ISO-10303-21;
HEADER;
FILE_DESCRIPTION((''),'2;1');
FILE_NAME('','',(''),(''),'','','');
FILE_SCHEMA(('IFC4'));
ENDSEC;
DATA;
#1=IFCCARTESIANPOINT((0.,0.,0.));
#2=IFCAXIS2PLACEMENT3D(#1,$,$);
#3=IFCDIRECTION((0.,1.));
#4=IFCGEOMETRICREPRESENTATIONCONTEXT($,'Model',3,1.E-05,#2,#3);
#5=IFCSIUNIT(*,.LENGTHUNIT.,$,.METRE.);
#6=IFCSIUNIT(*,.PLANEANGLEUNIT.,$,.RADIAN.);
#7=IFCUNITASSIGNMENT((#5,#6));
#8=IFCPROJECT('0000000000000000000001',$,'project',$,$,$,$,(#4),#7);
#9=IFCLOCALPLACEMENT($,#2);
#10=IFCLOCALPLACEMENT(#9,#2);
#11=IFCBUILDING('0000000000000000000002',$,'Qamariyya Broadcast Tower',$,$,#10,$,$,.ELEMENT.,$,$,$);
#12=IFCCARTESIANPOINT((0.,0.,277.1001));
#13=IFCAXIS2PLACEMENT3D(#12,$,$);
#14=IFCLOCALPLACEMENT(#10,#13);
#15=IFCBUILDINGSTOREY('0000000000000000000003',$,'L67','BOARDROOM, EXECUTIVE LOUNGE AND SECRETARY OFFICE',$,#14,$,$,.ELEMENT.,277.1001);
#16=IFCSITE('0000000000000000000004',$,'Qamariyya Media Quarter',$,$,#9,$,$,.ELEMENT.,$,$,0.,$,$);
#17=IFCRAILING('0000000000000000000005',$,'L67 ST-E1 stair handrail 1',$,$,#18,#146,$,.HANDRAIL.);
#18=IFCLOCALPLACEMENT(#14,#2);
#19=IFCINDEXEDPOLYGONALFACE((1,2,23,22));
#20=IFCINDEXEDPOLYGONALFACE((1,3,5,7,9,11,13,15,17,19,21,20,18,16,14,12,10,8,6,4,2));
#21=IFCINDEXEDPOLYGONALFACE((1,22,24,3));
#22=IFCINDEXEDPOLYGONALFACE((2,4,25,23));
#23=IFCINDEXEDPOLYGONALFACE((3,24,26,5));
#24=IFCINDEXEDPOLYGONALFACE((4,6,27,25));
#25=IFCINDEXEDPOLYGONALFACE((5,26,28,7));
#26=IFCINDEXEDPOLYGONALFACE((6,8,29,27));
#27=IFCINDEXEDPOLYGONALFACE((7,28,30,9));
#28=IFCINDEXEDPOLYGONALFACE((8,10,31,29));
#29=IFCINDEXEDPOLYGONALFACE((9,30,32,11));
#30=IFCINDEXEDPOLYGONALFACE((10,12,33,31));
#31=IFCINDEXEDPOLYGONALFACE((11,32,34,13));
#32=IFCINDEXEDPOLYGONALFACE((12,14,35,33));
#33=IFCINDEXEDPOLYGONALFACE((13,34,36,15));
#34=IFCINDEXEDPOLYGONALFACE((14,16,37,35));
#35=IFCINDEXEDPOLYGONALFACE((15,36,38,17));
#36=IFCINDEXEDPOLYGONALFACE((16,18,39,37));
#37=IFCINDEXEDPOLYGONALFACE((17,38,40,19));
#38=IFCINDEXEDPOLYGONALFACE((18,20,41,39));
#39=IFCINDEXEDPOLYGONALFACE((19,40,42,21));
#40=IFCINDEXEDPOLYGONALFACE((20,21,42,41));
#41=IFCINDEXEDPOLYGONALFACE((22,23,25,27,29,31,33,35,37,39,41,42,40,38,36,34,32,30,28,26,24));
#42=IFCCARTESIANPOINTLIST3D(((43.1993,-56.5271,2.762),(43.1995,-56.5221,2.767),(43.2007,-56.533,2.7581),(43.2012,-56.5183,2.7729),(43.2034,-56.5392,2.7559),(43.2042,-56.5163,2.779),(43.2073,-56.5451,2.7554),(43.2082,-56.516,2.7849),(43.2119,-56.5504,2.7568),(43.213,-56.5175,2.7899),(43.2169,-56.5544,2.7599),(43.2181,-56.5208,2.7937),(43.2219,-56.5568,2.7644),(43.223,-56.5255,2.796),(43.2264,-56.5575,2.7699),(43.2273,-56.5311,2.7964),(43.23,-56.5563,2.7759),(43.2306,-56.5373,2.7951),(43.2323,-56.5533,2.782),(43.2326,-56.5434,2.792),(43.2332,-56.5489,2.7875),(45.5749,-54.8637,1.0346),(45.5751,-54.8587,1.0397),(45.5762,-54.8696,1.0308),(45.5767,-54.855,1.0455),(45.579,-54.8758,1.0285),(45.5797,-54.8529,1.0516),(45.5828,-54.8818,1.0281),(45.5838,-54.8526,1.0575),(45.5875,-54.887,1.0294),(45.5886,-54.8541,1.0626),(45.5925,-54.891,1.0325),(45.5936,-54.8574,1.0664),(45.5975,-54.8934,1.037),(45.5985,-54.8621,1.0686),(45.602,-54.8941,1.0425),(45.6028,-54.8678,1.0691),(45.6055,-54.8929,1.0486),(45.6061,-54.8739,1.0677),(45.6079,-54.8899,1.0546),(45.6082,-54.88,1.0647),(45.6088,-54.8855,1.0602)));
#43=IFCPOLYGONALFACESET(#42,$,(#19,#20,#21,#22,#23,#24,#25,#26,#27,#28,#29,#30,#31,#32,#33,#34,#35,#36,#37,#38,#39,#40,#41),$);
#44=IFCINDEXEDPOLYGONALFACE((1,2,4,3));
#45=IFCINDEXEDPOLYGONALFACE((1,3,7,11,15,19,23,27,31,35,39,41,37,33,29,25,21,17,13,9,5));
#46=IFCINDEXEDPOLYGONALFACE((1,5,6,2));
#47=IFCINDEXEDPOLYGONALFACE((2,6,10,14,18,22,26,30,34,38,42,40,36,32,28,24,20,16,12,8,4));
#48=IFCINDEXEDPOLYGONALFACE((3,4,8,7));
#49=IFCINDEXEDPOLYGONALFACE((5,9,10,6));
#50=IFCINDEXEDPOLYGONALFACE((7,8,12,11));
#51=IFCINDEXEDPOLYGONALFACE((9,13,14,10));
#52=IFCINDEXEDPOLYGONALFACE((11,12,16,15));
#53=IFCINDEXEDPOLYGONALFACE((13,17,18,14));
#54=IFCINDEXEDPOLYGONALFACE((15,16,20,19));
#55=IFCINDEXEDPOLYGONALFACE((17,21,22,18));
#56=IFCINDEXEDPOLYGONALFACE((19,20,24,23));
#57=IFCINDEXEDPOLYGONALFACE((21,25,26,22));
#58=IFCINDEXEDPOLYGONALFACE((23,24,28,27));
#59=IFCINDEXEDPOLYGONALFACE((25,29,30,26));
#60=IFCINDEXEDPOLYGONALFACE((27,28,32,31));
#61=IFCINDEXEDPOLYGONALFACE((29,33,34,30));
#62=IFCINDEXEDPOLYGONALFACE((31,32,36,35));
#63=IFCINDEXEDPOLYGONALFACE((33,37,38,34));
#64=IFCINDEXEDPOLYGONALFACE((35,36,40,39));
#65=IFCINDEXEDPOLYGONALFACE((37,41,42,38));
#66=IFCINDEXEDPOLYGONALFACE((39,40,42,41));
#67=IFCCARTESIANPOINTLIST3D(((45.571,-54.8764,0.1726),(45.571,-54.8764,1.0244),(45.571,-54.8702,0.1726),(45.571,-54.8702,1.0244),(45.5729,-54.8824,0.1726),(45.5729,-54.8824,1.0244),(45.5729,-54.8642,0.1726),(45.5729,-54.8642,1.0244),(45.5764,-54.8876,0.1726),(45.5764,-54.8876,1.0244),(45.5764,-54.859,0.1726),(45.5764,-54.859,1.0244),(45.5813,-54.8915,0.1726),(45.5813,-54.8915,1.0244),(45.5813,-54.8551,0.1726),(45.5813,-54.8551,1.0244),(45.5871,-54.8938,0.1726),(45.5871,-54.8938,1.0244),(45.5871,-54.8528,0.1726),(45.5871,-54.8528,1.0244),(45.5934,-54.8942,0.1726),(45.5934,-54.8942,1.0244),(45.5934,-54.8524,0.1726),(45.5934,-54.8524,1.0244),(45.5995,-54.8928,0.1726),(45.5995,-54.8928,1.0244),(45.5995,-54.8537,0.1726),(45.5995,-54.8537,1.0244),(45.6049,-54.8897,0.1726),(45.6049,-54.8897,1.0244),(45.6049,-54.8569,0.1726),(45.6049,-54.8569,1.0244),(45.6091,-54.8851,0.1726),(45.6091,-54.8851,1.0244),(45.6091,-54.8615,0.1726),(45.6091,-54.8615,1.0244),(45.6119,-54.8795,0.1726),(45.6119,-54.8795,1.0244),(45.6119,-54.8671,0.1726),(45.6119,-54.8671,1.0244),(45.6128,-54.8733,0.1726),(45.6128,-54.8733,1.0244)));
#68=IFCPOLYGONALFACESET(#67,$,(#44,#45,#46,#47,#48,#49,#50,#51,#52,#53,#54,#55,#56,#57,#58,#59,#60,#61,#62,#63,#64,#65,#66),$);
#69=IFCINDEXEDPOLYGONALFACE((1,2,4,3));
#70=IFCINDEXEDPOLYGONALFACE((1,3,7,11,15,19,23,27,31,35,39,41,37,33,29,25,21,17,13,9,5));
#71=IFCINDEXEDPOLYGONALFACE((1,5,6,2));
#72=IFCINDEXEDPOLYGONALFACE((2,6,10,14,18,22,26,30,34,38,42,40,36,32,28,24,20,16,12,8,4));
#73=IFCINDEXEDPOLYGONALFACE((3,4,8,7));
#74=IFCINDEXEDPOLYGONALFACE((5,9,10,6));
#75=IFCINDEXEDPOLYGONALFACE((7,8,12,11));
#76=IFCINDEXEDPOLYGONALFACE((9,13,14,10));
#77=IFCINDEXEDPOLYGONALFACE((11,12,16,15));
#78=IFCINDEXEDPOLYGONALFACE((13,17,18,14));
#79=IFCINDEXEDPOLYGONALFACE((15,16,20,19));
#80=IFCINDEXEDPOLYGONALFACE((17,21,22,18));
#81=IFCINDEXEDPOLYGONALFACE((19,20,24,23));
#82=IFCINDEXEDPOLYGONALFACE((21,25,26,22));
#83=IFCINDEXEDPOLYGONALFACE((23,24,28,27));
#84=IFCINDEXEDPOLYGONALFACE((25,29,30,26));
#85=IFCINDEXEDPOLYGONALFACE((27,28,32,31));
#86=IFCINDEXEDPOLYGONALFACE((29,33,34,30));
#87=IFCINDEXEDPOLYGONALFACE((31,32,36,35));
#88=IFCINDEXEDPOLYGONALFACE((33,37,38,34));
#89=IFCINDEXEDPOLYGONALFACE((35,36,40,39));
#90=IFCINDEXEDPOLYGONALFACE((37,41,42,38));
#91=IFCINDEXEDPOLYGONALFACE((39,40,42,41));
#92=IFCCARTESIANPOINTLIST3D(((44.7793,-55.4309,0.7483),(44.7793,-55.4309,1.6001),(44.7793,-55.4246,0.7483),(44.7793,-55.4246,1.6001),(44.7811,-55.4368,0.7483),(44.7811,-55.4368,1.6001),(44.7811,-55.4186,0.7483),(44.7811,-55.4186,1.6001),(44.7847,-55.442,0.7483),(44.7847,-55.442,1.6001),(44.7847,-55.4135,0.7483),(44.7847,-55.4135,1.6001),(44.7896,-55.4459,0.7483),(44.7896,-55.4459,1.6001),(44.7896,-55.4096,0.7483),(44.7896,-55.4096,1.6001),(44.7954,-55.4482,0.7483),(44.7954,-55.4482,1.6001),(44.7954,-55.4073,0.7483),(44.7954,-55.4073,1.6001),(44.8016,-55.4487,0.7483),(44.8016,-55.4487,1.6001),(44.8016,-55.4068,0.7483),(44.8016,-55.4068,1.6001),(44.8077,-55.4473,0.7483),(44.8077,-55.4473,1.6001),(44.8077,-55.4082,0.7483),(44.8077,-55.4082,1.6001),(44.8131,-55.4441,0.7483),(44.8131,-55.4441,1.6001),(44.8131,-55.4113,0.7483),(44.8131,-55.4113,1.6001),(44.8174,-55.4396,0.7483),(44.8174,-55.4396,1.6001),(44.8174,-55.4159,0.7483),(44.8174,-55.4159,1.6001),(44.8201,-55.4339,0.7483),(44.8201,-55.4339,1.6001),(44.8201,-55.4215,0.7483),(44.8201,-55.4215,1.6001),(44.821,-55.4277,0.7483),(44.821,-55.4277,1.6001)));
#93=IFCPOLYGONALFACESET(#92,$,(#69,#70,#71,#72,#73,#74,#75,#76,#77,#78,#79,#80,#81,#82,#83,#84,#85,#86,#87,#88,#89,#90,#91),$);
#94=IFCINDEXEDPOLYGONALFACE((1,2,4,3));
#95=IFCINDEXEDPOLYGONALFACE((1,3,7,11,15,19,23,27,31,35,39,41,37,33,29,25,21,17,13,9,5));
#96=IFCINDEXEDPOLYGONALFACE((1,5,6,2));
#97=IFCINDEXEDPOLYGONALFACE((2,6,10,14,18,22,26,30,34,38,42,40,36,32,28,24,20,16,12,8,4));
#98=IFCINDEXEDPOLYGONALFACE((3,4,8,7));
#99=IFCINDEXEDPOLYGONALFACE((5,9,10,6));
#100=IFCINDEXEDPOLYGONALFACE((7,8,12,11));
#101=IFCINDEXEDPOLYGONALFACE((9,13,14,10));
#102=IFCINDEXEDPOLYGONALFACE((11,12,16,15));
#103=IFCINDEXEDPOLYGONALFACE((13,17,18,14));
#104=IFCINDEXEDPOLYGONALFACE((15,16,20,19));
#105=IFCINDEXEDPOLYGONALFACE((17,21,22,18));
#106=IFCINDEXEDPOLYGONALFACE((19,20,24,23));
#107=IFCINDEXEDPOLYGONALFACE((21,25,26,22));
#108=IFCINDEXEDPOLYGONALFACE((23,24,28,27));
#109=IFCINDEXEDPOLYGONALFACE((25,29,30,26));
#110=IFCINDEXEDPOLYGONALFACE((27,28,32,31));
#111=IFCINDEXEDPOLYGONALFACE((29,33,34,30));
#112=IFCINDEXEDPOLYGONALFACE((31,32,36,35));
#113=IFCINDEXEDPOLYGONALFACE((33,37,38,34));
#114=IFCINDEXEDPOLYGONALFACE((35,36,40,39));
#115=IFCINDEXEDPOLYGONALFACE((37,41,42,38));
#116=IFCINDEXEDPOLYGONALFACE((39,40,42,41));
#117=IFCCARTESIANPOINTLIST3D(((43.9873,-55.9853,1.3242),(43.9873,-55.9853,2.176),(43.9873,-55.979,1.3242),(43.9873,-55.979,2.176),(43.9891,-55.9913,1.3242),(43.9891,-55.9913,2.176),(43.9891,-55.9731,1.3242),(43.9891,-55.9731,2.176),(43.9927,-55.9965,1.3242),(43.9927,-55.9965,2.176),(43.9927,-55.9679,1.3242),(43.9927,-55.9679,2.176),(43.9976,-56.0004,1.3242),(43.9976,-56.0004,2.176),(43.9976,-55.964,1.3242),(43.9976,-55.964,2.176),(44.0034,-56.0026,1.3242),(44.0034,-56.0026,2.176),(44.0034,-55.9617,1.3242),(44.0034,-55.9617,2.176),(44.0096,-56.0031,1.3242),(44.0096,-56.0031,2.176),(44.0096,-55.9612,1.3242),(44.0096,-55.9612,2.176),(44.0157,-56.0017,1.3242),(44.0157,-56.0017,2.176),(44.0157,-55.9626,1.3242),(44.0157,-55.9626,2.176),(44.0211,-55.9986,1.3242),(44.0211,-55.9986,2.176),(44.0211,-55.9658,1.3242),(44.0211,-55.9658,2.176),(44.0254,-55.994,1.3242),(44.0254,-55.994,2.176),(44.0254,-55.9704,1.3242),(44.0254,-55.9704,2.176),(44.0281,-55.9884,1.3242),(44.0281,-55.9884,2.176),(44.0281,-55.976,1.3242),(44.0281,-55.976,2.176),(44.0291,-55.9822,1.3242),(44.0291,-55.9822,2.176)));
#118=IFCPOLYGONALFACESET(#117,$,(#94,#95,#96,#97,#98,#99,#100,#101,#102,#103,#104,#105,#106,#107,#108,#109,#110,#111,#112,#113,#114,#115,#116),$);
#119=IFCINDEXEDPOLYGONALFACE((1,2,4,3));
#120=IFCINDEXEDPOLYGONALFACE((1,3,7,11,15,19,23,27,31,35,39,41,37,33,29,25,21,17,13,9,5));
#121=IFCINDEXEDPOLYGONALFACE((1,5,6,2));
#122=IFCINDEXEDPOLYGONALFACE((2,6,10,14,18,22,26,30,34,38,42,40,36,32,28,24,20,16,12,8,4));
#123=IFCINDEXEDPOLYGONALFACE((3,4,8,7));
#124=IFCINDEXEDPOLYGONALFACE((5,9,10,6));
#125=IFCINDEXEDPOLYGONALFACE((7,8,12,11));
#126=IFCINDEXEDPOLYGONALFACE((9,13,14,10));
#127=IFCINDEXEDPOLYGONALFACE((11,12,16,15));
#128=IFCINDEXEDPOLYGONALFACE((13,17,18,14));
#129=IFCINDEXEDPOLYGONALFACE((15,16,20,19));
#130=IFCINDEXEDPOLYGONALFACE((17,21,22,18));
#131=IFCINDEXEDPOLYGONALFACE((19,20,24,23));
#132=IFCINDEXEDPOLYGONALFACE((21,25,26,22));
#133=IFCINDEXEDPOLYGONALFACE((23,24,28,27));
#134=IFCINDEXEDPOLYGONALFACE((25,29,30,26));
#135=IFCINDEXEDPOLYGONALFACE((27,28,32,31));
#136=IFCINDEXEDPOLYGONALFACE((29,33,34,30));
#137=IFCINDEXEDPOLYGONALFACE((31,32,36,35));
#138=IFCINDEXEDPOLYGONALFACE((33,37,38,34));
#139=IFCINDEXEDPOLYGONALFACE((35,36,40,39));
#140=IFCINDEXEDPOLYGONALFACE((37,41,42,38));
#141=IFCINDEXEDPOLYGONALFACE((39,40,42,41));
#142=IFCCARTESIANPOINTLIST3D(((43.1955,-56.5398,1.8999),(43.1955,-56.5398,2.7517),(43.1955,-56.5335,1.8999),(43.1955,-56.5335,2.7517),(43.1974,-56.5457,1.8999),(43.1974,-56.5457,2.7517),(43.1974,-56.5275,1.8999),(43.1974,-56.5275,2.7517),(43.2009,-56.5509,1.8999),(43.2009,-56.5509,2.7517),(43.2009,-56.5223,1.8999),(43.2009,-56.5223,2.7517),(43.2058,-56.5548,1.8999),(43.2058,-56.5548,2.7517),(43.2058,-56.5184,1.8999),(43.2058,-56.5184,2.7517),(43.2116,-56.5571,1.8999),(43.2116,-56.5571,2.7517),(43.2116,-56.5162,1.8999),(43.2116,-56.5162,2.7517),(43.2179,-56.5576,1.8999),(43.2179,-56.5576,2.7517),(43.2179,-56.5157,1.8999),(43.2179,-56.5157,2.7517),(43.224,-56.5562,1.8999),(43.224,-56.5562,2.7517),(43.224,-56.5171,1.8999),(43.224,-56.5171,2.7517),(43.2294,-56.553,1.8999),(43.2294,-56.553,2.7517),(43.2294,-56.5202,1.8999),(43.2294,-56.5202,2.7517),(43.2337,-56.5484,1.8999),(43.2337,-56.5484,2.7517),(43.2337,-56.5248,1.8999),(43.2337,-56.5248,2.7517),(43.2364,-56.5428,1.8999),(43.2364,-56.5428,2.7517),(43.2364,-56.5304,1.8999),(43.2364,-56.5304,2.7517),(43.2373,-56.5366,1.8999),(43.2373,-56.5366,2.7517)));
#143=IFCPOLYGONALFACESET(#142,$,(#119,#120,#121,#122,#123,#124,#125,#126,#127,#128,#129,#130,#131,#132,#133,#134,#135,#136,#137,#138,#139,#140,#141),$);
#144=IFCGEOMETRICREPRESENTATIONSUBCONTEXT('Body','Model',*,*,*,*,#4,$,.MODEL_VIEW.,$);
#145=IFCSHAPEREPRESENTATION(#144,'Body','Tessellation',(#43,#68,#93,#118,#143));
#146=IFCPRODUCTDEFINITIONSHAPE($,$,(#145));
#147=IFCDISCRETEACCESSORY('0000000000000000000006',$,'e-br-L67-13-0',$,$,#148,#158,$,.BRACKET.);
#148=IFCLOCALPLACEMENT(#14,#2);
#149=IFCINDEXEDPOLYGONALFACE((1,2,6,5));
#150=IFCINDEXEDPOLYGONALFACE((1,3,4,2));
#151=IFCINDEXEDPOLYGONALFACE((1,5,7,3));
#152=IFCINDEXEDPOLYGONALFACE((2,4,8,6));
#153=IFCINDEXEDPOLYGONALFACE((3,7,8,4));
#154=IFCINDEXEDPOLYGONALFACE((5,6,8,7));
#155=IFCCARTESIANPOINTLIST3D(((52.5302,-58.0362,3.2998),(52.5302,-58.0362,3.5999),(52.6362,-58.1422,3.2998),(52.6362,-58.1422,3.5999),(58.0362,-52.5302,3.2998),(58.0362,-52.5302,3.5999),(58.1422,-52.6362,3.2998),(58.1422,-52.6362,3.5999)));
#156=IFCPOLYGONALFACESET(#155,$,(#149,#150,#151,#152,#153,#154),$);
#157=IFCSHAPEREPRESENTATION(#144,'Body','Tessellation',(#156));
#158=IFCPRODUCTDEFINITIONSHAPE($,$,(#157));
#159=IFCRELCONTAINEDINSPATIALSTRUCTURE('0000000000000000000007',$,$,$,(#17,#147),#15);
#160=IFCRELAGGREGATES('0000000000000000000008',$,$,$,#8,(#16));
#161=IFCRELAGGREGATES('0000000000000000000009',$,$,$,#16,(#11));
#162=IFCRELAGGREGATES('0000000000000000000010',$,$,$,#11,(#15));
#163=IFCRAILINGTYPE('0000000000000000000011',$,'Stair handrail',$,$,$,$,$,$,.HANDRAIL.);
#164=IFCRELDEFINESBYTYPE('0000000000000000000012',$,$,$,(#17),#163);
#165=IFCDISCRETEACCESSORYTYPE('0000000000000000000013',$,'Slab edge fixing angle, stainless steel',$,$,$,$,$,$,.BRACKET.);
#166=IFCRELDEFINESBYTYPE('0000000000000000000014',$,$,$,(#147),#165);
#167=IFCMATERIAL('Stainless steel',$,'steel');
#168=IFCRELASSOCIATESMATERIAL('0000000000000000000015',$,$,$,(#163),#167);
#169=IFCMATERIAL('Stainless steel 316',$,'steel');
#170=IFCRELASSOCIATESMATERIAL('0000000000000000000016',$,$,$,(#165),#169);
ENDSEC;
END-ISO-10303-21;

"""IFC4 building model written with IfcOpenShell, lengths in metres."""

from ifc_helpers import new_model, si_unit, direction, frame, origin, origin_2d, place, context, subcontext, project, spatial, rectangle, circle, extrude, material, type_object, element, save


model = new_model("IFC4")

# Units and contexts
model_context = context("Model", 3, precision=1e-05, world=origin(), true_north=direction((0.0, 1.0)))
body_context = subcontext(model_context, "Body", "Model", "MODEL_VIEW")
ifc_project = project(units=[si_unit("LENGTHUNIT", "METRE"), si_unit("PLANEANGLEUNIT", "RADIAN")], contexts=[model_context])

# Site, building, storey
site_placement = place(None, origin())
site = spatial("IfcSite", under=ifc_project, at=site_placement, Name="Qamariyya Media Quarter", CompositionType="ELEMENT", RefElevation=0.0)
building_placement = place(site_placement, origin())
building = spatial("IfcBuilding", under=site, at=building_placement, Name="Qamariyya Broadcast Tower", CompositionType="ELEMENT")
storey_placement = place(building_placement, frame((0.0, 0.0, 277.1001)))
storey = spatial("IfcBuildingStorey", under=building, at=storey_placement, Name="L67", Description="BOARDROOM, EXECUTIVE LOUNGE AND SECRETARY OFFICE", CompositionType="ELEMENT", Elevation=277.1001)

# Railing
ifc_material_1 = material(Name="Stainless steel", Category="steel")
railing_type = type_object("IfcRailingType", Name="Stair handrail", PredefinedType="HANDRAIL", material=ifc_material_1)
railing_placement = place(storey_placement, frame((45.5918, -54.8733, 0.1726)))
element("IfcRailing", 1, at=railing_placement, inside=storey, type_object=railing_type, Name="L67 ST-E1 stair handrail 1", PredefinedType="HANDRAIL", context=body_context, shape_type="SweptSolid", body=[
    extrude(circle(Radius=0.0239, at=origin_2d()), frame((0.0, 0.0, 0.876), z_axis=(-0.70377, -0.492784, 0.511734), x_axis=(0.573575, -0.819153, 0.0)), (0.0, 0.0, 1.0), 3.3755),
    extrude(circle(Radius=0.021, at=origin_2d()), origin(), (0.0, 0.0, 1.0), 0.8518),
    extrude(circle(Radius=0.021, at=origin_2d()), frame((-0.7917, -0.5544, 0.5757)), (0.0, 0.0, 1.0), 0.8518),
    extrude(circle(Radius=0.021, at=origin_2d()), frame((-1.5837, -1.1089, 1.1516)), (0.0, 0.0, 1.0), 0.8518),
    extrude(circle(Radius=0.021, at=origin_2d()), frame((-2.3755, -1.6633, 1.7273)), (0.0, 0.0, 1.0), 0.8518),
])

# Discrete accessory
ifc_material_2 = material(Name="Stainless steel 316", Category="steel")
discrete_accessory_type = type_object("IfcDiscreteAccessoryType", Name="Slab edge fixing angle, stainless steel", PredefinedType="BRACKET", material=ifc_material_2)
discrete_accessory_placement = place(storey_placement, frame((55.3362, -55.3362, 3.2998), z_axis=(0.0, 0.0, 1.0), x_axis=(0.707107, 0.707107, 0.0)))
element("IfcDiscreteAccessory", 2, at=discrete_accessory_placement, inside=storey, type_object=discrete_accessory_type, Name="e-br-L67-13-0", PredefinedType="BRACKET", context=body_context, shape_type="SweptSolid", body=[
    extrude(rectangle(XDim=7.7866, YDim=0.1499, at=origin_2d()), origin(), (0.0, 0.0, 1.0), 0.3),
])

save(model, "model.ifc")
